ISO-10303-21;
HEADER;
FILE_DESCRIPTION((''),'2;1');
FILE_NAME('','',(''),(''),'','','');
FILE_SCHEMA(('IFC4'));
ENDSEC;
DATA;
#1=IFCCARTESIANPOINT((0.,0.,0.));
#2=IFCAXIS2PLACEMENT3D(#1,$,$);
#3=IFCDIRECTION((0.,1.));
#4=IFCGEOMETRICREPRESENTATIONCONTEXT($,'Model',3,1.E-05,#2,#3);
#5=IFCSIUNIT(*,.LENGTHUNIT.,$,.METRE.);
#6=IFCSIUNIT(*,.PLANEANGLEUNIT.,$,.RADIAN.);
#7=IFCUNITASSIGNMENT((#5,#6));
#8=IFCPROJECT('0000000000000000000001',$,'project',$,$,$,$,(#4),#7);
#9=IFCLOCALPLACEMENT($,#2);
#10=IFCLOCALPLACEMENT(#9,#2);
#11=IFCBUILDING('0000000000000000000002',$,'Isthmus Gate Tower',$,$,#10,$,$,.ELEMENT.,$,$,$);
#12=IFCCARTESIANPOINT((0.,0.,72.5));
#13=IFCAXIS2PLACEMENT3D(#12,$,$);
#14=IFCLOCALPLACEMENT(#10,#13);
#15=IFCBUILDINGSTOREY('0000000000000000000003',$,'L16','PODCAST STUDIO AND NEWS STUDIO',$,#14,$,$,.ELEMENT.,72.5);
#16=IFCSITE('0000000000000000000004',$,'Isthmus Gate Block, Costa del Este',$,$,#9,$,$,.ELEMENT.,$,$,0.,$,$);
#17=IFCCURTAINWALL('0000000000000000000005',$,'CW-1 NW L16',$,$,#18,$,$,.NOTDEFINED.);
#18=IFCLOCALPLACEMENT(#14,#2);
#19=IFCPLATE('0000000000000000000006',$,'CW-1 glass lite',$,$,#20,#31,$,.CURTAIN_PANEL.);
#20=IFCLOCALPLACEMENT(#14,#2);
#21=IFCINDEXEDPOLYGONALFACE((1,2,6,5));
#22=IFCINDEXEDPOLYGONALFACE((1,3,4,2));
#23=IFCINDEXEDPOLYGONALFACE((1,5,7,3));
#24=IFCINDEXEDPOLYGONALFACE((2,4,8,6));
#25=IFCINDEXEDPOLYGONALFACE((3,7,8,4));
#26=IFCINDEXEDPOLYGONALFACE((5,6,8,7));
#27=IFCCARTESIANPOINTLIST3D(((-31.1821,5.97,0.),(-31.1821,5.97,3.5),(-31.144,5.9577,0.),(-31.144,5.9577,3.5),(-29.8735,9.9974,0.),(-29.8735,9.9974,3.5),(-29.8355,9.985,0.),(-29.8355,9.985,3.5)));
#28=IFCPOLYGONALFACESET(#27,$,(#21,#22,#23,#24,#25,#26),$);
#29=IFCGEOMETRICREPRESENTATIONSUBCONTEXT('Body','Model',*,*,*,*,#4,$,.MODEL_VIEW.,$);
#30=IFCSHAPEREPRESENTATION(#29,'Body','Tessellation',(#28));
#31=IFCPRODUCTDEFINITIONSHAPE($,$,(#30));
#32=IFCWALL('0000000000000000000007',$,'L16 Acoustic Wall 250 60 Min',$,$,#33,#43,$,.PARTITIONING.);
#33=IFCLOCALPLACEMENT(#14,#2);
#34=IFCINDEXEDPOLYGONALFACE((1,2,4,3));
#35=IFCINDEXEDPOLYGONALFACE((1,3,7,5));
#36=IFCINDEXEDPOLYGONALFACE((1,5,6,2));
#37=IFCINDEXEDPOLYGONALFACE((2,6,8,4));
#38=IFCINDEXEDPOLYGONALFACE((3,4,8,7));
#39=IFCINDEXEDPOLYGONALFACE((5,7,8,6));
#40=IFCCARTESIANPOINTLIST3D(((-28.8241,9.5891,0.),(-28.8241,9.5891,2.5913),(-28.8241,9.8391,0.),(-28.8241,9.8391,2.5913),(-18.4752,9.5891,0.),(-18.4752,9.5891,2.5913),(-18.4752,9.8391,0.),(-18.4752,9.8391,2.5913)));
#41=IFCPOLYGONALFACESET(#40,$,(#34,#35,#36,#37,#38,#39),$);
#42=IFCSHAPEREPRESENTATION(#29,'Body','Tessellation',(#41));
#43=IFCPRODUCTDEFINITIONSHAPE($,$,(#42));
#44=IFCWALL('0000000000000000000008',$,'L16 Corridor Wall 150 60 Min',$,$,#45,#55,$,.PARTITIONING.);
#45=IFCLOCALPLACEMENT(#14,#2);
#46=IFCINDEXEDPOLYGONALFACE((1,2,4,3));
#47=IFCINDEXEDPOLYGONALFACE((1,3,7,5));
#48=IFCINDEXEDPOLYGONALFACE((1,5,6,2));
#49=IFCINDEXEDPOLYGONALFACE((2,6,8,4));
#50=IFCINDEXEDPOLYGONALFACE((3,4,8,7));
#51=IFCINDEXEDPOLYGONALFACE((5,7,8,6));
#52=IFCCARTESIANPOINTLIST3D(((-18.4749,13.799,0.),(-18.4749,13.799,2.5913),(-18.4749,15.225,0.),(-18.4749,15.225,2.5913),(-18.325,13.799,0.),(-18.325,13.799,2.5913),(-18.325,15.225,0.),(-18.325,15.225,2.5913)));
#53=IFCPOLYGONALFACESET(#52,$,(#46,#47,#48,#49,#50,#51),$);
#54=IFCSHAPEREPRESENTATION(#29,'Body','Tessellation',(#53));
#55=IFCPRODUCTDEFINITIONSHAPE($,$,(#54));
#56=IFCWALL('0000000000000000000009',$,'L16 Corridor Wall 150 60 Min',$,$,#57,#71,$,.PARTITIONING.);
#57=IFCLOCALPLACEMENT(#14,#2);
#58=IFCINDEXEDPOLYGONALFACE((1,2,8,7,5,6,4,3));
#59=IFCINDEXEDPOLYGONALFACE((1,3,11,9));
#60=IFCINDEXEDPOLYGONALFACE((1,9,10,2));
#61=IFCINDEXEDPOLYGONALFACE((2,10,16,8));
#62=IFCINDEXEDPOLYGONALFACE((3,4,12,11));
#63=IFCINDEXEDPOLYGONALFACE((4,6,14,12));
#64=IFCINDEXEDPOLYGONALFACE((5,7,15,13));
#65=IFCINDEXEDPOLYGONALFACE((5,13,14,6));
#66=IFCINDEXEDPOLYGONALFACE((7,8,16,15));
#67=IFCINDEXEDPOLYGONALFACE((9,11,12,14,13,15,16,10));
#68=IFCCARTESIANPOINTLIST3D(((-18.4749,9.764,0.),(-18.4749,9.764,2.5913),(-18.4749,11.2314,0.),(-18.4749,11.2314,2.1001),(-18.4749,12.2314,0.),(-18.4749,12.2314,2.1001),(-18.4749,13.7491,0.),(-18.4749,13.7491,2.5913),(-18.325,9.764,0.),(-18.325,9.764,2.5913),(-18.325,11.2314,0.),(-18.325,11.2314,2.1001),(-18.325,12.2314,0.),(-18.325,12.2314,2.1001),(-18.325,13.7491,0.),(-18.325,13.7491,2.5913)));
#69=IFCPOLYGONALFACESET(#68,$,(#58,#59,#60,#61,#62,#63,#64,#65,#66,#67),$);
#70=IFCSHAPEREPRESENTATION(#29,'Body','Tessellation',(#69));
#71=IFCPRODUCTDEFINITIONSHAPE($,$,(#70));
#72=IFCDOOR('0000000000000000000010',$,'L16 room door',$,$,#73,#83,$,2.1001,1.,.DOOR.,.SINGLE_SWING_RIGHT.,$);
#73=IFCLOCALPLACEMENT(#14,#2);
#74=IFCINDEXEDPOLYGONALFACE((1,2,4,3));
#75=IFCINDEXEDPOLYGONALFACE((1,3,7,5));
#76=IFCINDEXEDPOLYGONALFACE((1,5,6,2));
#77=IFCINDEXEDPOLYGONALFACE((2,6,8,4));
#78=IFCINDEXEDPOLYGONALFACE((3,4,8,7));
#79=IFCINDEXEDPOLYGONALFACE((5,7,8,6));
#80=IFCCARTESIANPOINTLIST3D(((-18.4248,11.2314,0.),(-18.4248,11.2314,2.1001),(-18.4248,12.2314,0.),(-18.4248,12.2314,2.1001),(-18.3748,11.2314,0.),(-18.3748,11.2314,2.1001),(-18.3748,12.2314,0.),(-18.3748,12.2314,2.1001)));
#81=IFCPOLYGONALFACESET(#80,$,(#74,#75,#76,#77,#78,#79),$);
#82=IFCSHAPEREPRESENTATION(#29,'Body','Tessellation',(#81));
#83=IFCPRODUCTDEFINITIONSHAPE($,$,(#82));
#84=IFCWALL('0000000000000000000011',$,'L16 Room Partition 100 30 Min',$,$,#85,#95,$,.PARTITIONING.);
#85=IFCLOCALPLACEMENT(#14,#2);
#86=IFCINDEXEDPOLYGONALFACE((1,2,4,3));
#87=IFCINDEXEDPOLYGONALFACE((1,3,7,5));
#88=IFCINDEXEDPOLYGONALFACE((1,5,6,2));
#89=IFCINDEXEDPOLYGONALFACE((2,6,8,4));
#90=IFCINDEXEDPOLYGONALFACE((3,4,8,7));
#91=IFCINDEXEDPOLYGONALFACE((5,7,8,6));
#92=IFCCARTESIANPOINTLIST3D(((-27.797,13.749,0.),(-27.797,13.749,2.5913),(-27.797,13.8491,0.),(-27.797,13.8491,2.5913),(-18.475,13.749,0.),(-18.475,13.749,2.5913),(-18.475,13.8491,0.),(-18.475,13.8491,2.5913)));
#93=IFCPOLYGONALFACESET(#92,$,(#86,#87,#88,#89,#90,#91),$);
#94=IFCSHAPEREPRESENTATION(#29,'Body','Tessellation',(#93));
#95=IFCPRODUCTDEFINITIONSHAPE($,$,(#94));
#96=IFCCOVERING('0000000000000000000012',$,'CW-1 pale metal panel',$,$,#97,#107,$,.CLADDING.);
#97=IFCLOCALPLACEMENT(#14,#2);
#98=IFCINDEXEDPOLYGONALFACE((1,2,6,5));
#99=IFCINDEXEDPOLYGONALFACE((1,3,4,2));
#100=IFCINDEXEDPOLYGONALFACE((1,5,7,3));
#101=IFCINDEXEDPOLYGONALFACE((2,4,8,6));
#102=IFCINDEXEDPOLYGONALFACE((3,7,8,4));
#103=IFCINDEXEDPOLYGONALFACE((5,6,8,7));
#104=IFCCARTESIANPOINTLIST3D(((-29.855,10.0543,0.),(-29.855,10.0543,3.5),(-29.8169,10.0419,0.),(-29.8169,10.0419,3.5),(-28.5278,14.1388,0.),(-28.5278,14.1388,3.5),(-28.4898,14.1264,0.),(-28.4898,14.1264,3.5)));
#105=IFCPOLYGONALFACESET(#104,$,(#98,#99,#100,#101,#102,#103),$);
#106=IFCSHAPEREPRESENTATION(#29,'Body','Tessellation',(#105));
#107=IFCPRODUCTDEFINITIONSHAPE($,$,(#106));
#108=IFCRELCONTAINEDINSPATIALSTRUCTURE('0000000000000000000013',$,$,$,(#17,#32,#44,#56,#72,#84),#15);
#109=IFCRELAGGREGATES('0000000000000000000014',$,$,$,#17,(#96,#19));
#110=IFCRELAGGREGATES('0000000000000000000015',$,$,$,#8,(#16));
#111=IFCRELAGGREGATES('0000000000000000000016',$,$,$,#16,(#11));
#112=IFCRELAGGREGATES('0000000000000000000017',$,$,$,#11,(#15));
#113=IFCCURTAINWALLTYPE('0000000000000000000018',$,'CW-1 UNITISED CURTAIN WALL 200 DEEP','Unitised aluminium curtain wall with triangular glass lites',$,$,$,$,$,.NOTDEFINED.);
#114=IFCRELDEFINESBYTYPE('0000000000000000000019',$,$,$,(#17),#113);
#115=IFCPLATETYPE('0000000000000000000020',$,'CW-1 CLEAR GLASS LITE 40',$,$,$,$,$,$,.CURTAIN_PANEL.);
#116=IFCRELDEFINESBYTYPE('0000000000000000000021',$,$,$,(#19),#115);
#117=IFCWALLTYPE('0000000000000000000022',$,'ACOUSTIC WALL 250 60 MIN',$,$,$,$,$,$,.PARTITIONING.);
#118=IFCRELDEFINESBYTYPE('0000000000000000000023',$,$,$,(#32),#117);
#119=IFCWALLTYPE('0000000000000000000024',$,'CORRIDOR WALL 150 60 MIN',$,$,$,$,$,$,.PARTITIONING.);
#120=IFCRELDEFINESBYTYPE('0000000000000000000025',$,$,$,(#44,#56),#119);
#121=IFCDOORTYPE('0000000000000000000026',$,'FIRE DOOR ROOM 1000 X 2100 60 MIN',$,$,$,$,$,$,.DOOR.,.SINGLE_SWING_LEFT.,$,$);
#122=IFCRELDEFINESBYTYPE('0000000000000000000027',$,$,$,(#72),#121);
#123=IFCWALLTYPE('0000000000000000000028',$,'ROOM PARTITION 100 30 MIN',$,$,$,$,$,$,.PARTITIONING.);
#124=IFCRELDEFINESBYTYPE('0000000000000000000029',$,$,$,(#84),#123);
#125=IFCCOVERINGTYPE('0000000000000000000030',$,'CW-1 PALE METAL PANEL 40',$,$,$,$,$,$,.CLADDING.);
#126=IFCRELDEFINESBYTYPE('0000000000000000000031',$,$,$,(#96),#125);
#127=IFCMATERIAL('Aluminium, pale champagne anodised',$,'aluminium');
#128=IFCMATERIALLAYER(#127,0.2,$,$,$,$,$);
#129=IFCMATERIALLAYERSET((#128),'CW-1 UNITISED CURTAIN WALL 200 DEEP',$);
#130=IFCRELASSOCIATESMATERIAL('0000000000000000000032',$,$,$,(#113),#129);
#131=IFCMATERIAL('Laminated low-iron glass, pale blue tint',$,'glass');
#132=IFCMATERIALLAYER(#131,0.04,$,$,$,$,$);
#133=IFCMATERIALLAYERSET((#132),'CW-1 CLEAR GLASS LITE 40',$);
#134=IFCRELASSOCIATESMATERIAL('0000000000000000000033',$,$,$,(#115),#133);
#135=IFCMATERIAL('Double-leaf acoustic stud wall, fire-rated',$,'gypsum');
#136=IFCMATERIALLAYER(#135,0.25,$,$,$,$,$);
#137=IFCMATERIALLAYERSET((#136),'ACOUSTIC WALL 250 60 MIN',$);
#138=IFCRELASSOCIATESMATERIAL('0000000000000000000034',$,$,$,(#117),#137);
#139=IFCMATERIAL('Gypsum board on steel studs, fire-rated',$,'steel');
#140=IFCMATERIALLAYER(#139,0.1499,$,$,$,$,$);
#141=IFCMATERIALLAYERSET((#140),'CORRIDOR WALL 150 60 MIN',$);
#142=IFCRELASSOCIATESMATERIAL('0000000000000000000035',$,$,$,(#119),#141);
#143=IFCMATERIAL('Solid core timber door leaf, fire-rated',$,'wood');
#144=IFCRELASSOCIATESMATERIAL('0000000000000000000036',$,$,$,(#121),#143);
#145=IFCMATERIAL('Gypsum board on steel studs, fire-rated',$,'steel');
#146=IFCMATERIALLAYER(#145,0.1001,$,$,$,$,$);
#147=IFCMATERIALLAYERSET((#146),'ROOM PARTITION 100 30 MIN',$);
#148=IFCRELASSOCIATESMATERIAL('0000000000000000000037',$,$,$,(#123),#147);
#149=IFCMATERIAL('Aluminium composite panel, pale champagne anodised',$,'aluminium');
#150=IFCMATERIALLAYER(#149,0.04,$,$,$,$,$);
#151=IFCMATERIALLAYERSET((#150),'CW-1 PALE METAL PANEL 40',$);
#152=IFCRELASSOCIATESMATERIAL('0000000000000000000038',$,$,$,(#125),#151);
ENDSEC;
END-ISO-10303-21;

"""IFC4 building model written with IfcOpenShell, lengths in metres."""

from ifc_helpers import new_model, si_unit, direction, frame, frame_2d, origin, origin_2d, place, context, subcontext, project, spatial, rectangle, extrude, material, layer, layer_set, type_object, element, fill, aggregate, save


model = new_model("IFC4")

# Units and contexts
model_context = context("Model", 3, precision=1e-05, world=origin(), true_north=direction((0.0, 1.0)))
body_context = subcontext(model_context, "Body", "Model", "MODEL_VIEW")
ifc_project = project(units=[si_unit("LENGTHUNIT", "METRE"), si_unit("PLANEANGLEUNIT", "RADIAN")], contexts=[model_context])

# Site, building, storey
site_placement = place(None, origin())
site = spatial("IfcSite", under=ifc_project, at=site_placement, Name="Isthmus Gate Block, Costa del Este", CompositionType="ELEMENT", RefElevation=0.0)
building_placement = place(site_placement, origin())
building = spatial("IfcBuilding", under=site, at=building_placement, Name="Isthmus Gate Tower", CompositionType="ELEMENT")
storey_placement = place(building_placement, frame((0.0, 0.0, 72.5)))
storey = spatial("IfcBuildingStorey", under=building, at=storey_placement, Name="L16", Description="PODCAST STUDIO AND NEWS STUDIO", CompositionType="ELEMENT", Elevation=72.5)

# Curtain wall
ifc_material_1 = material(Name="Aluminium, pale champagne anodised", Category="aluminium")
ifc_layer_1 = layer(ifc_material_1, 0.2)
ifc_layer_set_1 = layer_set([ifc_layer_1], Name="CW-1 UNITISED CURTAIN WALL 200 DEEP")
curtain_wall_type = type_object("IfcCurtainWallType", Name="CW-1 UNITISED CURTAIN WALL 200 DEEP", Description="Unitised aluminium curtain wall with triangular glass lites", PredefinedType="NOTDEFINED", material=ifc_layer_set_1)
curtain_wall_placement = place(storey_placement, origin())
curtain_wall = element("IfcCurtainWall", 1, at=curtain_wall_placement, inside=storey, type_object=curtain_wall_type, Name="CW-1 NW L16", PredefinedType="NOTDEFINED")

# Plate
ifc_material_2 = material(Name="Laminated low-iron glass, pale blue tint", Category="glass")
ifc_layer_2 = layer(ifc_material_2, 0.04)
ifc_layer_set_2 = layer_set([ifc_layer_2], Name="CW-1 CLEAR GLASS LITE 40")
plate_type = type_object("IfcPlateType", Name="CW-1 CLEAR GLASS LITE 40", PredefinedType="CURTAIN_PANEL", material=ifc_layer_set_2)
plate_placement = place(storey_placement, frame((-30.5088, 7.9775, 0.0), z_axis=(0.0, 0.0, 1.0), x_axis=(-0.309017, -0.951057, 0.0)))
plate = element("IfcPlate", 2, at=plate_placement, type_object=plate_type, Name="CW-1 glass lite", PredefinedType="CURTAIN_PANEL", context=body_context, shape_type="SweptSolid", body=[
    extrude(rectangle(XDim=4.2346, YDim=0.04, at=origin_2d()), origin(), (0.0, 0.0, 1.0), 3.5),
])

# Walls
ifc_material_3 = material(Name="Double-leaf acoustic stud wall, fire-rated", Category="gypsum")
ifc_layer_3 = layer(ifc_material_3, 0.25)
ifc_layer_set_3 = layer_set([ifc_layer_3], Name="ACOUSTIC WALL 250 60 MIN")
wall_type_1 = type_object("IfcWallType", Name="ACOUSTIC WALL 250 60 MIN", PredefinedType="PARTITIONING", material=ifc_layer_set_3)
wall_1_placement = place(storey_placement, frame((-28.824, 9.7141, 0.0), z_axis=(0.0, 0.0, 1.0), x_axis=(1.0, 0.0, 0.0)))
element("IfcWall", 3, at=wall_1_placement, inside=storey, type_object=wall_type_1, Name="L16 Acoustic Wall 250 60 Min", PredefinedType="PARTITIONING", context=body_context, shape_type="SweptSolid", body=[
    extrude(rectangle(XDim=10.3489, YDim=0.25, at=frame_2d((5.1743, 0.0))), origin(), (0.0, 0.0, 1.0), 2.5913),
])
ifc_material_4 = material(Name="Gypsum board on steel studs, fire-rated", Category="steel")
ifc_layer_4 = layer(ifc_material_4, 0.1499)
ifc_layer_set_4 = layer_set([ifc_layer_4], Name="CORRIDOR WALL 150 60 MIN")
wall_type_2 = type_object("IfcWallType", Name="CORRIDOR WALL 150 60 MIN", PredefinedType="PARTITIONING", material=ifc_layer_set_4)
wall_2_placement = place(storey_placement, frame((-18.3999, 13.7991, 0.0), z_axis=(0.0, 0.0, 1.0), x_axis=(0.0, 1.0, 0.0)))
element("IfcWall", 4, at=wall_2_placement, inside=storey, type_object=wall_type_2, Name="L16 Corridor Wall 150 60 Min", PredefinedType="PARTITIONING", context=body_context, shape_type="SweptSolid", body=[
    extrude(rectangle(XDim=1.426, YDim=0.1499, at=frame_2d((0.7129, 0.0))), origin(), (0.0, 0.0, 1.0), 2.5913),
])

# Wall, opening, door
wall_3_placement = place(storey_placement, frame((-18.3999, 9.7639, 0.0), z_axis=(0.0, 0.0, 1.0), x_axis=(0.0, 1.0, 0.0)))
wall_3 = element("IfcWall", 5, at=wall_3_placement, inside=storey, type_object=wall_type_2, Name="L16 Corridor Wall 150 60 Min", PredefinedType="PARTITIONING", context=body_context, shape_type="SweptSolid", body=[
    extrude(rectangle(XDim=3.9851, YDim=0.1499, at=frame_2d((1.9927, 0.0))), origin(), (0.0, 0.0, 1.0), 2.5913),
])
opening_placement = place(wall_3_placement, frame((1.4675, 0.0, 0.0)))
opening = element("IfcOpeningElement", 6, at=opening_placement, cuts=wall_3, PredefinedType="OPENING", context=body_context, shape_type="SweptSolid", body=[
    extrude(rectangle(XDim=1.0, YDim=2.1001, at=frame_2d((0.5, 1.05))), frame((0.0, 0.085, 0.0), z_axis=(0.0, -1.0, 0.0), x_axis=(1.0, 0.0, 0.0)), (0.0, 0.0, 1.0), 0.1699),
])
ifc_material_5 = material(Name="Solid core timber door leaf, fire-rated", Category="wood")
door_type = type_object("IfcDoorType", Name="FIRE DOOR ROOM 1000 X 2100 60 MIN", OperationType="SINGLE_SWING_LEFT", PredefinedType="DOOR", material=ifc_material_5)
door_placement = place(opening_placement, origin())
door = element("IfcDoor", 7, at=door_placement, inside=storey, type_object=door_type, Name="L16 room door", OperationType="SINGLE_SWING_RIGHT", OverallHeight=2.1001, OverallWidth=1.0, PredefinedType="DOOR", context=body_context, shape_type="SweptSolid", body=[
    extrude(rectangle(XDim=1.0, YDim=2.1001, at=frame_2d((0.5, 1.05))), frame((0.0, 0.0249, 0.0), z_axis=(0.0, -1.0, 0.0), x_axis=(1.0, 0.0, 0.0)), (0.0, 0.0, 1.0), 0.05),
])
fill(opening, door)

# Wall
ifc_material_6 = material(Name="Gypsum board on steel studs, fire-rated", Category="steel")
ifc_layer_5 = layer(ifc_material_6, 0.1001)
ifc_layer_set_5 = layer_set([ifc_layer_5], Name="ROOM PARTITION 100 30 MIN")
wall_type_3 = type_object("IfcWallType", Name="ROOM PARTITION 100 30 MIN", PredefinedType="PARTITIONING", material=ifc_layer_set_5)
wall_4_placement = place(storey_placement, frame((-27.7971, 13.7991, 0.0), z_axis=(0.0, 0.0, 1.0), x_axis=(1.0, 0.0, 0.0)))
element("IfcWall", 8, at=wall_4_placement, inside=storey, type_object=wall_type_3, Name="L16 Room Partition 100 30 Min", PredefinedType="PARTITIONING", context=body_context, shape_type="SweptSolid", body=[
    extrude(rectangle(XDim=9.322, YDim=0.1001, at=frame_2d((4.6611, 0.0))), origin(), (0.0, 0.0, 1.0), 2.5913),
])

# Covering
ifc_material_7 = material(Name="Aluminium composite panel, pale champagne anodised", Category="aluminium")
ifc_layer_6 = layer(ifc_material_7, 0.04)
ifc_layer_set_6 = layer_set([ifc_layer_6], Name="CW-1 PALE METAL PANEL 40")
covering_type = type_object("IfcCoveringType", Name="CW-1 PALE METAL PANEL 40", PredefinedType="CLADDING", material=ifc_layer_set_6)
covering_placement = place(storey_placement, frame((-29.1724, 12.0903, 0.0), z_axis=(0.0, 0.0, 1.0), x_axis=(-0.309017, -0.951057, 0.0)))
covering = element("IfcCovering", 9, at=covering_placement, type_object=covering_type, Name="CW-1 pale metal panel", PredefinedType="CLADDING", context=body_context, shape_type="SweptSolid", body=[
    extrude(rectangle(XDim=4.2947, YDim=0.04, at=origin_2d()), origin(), (0.0, 0.0, 1.0), 3.5),
])
aggregate(curtain_wall, [covering, plate])

save(model, "model.ifc")
